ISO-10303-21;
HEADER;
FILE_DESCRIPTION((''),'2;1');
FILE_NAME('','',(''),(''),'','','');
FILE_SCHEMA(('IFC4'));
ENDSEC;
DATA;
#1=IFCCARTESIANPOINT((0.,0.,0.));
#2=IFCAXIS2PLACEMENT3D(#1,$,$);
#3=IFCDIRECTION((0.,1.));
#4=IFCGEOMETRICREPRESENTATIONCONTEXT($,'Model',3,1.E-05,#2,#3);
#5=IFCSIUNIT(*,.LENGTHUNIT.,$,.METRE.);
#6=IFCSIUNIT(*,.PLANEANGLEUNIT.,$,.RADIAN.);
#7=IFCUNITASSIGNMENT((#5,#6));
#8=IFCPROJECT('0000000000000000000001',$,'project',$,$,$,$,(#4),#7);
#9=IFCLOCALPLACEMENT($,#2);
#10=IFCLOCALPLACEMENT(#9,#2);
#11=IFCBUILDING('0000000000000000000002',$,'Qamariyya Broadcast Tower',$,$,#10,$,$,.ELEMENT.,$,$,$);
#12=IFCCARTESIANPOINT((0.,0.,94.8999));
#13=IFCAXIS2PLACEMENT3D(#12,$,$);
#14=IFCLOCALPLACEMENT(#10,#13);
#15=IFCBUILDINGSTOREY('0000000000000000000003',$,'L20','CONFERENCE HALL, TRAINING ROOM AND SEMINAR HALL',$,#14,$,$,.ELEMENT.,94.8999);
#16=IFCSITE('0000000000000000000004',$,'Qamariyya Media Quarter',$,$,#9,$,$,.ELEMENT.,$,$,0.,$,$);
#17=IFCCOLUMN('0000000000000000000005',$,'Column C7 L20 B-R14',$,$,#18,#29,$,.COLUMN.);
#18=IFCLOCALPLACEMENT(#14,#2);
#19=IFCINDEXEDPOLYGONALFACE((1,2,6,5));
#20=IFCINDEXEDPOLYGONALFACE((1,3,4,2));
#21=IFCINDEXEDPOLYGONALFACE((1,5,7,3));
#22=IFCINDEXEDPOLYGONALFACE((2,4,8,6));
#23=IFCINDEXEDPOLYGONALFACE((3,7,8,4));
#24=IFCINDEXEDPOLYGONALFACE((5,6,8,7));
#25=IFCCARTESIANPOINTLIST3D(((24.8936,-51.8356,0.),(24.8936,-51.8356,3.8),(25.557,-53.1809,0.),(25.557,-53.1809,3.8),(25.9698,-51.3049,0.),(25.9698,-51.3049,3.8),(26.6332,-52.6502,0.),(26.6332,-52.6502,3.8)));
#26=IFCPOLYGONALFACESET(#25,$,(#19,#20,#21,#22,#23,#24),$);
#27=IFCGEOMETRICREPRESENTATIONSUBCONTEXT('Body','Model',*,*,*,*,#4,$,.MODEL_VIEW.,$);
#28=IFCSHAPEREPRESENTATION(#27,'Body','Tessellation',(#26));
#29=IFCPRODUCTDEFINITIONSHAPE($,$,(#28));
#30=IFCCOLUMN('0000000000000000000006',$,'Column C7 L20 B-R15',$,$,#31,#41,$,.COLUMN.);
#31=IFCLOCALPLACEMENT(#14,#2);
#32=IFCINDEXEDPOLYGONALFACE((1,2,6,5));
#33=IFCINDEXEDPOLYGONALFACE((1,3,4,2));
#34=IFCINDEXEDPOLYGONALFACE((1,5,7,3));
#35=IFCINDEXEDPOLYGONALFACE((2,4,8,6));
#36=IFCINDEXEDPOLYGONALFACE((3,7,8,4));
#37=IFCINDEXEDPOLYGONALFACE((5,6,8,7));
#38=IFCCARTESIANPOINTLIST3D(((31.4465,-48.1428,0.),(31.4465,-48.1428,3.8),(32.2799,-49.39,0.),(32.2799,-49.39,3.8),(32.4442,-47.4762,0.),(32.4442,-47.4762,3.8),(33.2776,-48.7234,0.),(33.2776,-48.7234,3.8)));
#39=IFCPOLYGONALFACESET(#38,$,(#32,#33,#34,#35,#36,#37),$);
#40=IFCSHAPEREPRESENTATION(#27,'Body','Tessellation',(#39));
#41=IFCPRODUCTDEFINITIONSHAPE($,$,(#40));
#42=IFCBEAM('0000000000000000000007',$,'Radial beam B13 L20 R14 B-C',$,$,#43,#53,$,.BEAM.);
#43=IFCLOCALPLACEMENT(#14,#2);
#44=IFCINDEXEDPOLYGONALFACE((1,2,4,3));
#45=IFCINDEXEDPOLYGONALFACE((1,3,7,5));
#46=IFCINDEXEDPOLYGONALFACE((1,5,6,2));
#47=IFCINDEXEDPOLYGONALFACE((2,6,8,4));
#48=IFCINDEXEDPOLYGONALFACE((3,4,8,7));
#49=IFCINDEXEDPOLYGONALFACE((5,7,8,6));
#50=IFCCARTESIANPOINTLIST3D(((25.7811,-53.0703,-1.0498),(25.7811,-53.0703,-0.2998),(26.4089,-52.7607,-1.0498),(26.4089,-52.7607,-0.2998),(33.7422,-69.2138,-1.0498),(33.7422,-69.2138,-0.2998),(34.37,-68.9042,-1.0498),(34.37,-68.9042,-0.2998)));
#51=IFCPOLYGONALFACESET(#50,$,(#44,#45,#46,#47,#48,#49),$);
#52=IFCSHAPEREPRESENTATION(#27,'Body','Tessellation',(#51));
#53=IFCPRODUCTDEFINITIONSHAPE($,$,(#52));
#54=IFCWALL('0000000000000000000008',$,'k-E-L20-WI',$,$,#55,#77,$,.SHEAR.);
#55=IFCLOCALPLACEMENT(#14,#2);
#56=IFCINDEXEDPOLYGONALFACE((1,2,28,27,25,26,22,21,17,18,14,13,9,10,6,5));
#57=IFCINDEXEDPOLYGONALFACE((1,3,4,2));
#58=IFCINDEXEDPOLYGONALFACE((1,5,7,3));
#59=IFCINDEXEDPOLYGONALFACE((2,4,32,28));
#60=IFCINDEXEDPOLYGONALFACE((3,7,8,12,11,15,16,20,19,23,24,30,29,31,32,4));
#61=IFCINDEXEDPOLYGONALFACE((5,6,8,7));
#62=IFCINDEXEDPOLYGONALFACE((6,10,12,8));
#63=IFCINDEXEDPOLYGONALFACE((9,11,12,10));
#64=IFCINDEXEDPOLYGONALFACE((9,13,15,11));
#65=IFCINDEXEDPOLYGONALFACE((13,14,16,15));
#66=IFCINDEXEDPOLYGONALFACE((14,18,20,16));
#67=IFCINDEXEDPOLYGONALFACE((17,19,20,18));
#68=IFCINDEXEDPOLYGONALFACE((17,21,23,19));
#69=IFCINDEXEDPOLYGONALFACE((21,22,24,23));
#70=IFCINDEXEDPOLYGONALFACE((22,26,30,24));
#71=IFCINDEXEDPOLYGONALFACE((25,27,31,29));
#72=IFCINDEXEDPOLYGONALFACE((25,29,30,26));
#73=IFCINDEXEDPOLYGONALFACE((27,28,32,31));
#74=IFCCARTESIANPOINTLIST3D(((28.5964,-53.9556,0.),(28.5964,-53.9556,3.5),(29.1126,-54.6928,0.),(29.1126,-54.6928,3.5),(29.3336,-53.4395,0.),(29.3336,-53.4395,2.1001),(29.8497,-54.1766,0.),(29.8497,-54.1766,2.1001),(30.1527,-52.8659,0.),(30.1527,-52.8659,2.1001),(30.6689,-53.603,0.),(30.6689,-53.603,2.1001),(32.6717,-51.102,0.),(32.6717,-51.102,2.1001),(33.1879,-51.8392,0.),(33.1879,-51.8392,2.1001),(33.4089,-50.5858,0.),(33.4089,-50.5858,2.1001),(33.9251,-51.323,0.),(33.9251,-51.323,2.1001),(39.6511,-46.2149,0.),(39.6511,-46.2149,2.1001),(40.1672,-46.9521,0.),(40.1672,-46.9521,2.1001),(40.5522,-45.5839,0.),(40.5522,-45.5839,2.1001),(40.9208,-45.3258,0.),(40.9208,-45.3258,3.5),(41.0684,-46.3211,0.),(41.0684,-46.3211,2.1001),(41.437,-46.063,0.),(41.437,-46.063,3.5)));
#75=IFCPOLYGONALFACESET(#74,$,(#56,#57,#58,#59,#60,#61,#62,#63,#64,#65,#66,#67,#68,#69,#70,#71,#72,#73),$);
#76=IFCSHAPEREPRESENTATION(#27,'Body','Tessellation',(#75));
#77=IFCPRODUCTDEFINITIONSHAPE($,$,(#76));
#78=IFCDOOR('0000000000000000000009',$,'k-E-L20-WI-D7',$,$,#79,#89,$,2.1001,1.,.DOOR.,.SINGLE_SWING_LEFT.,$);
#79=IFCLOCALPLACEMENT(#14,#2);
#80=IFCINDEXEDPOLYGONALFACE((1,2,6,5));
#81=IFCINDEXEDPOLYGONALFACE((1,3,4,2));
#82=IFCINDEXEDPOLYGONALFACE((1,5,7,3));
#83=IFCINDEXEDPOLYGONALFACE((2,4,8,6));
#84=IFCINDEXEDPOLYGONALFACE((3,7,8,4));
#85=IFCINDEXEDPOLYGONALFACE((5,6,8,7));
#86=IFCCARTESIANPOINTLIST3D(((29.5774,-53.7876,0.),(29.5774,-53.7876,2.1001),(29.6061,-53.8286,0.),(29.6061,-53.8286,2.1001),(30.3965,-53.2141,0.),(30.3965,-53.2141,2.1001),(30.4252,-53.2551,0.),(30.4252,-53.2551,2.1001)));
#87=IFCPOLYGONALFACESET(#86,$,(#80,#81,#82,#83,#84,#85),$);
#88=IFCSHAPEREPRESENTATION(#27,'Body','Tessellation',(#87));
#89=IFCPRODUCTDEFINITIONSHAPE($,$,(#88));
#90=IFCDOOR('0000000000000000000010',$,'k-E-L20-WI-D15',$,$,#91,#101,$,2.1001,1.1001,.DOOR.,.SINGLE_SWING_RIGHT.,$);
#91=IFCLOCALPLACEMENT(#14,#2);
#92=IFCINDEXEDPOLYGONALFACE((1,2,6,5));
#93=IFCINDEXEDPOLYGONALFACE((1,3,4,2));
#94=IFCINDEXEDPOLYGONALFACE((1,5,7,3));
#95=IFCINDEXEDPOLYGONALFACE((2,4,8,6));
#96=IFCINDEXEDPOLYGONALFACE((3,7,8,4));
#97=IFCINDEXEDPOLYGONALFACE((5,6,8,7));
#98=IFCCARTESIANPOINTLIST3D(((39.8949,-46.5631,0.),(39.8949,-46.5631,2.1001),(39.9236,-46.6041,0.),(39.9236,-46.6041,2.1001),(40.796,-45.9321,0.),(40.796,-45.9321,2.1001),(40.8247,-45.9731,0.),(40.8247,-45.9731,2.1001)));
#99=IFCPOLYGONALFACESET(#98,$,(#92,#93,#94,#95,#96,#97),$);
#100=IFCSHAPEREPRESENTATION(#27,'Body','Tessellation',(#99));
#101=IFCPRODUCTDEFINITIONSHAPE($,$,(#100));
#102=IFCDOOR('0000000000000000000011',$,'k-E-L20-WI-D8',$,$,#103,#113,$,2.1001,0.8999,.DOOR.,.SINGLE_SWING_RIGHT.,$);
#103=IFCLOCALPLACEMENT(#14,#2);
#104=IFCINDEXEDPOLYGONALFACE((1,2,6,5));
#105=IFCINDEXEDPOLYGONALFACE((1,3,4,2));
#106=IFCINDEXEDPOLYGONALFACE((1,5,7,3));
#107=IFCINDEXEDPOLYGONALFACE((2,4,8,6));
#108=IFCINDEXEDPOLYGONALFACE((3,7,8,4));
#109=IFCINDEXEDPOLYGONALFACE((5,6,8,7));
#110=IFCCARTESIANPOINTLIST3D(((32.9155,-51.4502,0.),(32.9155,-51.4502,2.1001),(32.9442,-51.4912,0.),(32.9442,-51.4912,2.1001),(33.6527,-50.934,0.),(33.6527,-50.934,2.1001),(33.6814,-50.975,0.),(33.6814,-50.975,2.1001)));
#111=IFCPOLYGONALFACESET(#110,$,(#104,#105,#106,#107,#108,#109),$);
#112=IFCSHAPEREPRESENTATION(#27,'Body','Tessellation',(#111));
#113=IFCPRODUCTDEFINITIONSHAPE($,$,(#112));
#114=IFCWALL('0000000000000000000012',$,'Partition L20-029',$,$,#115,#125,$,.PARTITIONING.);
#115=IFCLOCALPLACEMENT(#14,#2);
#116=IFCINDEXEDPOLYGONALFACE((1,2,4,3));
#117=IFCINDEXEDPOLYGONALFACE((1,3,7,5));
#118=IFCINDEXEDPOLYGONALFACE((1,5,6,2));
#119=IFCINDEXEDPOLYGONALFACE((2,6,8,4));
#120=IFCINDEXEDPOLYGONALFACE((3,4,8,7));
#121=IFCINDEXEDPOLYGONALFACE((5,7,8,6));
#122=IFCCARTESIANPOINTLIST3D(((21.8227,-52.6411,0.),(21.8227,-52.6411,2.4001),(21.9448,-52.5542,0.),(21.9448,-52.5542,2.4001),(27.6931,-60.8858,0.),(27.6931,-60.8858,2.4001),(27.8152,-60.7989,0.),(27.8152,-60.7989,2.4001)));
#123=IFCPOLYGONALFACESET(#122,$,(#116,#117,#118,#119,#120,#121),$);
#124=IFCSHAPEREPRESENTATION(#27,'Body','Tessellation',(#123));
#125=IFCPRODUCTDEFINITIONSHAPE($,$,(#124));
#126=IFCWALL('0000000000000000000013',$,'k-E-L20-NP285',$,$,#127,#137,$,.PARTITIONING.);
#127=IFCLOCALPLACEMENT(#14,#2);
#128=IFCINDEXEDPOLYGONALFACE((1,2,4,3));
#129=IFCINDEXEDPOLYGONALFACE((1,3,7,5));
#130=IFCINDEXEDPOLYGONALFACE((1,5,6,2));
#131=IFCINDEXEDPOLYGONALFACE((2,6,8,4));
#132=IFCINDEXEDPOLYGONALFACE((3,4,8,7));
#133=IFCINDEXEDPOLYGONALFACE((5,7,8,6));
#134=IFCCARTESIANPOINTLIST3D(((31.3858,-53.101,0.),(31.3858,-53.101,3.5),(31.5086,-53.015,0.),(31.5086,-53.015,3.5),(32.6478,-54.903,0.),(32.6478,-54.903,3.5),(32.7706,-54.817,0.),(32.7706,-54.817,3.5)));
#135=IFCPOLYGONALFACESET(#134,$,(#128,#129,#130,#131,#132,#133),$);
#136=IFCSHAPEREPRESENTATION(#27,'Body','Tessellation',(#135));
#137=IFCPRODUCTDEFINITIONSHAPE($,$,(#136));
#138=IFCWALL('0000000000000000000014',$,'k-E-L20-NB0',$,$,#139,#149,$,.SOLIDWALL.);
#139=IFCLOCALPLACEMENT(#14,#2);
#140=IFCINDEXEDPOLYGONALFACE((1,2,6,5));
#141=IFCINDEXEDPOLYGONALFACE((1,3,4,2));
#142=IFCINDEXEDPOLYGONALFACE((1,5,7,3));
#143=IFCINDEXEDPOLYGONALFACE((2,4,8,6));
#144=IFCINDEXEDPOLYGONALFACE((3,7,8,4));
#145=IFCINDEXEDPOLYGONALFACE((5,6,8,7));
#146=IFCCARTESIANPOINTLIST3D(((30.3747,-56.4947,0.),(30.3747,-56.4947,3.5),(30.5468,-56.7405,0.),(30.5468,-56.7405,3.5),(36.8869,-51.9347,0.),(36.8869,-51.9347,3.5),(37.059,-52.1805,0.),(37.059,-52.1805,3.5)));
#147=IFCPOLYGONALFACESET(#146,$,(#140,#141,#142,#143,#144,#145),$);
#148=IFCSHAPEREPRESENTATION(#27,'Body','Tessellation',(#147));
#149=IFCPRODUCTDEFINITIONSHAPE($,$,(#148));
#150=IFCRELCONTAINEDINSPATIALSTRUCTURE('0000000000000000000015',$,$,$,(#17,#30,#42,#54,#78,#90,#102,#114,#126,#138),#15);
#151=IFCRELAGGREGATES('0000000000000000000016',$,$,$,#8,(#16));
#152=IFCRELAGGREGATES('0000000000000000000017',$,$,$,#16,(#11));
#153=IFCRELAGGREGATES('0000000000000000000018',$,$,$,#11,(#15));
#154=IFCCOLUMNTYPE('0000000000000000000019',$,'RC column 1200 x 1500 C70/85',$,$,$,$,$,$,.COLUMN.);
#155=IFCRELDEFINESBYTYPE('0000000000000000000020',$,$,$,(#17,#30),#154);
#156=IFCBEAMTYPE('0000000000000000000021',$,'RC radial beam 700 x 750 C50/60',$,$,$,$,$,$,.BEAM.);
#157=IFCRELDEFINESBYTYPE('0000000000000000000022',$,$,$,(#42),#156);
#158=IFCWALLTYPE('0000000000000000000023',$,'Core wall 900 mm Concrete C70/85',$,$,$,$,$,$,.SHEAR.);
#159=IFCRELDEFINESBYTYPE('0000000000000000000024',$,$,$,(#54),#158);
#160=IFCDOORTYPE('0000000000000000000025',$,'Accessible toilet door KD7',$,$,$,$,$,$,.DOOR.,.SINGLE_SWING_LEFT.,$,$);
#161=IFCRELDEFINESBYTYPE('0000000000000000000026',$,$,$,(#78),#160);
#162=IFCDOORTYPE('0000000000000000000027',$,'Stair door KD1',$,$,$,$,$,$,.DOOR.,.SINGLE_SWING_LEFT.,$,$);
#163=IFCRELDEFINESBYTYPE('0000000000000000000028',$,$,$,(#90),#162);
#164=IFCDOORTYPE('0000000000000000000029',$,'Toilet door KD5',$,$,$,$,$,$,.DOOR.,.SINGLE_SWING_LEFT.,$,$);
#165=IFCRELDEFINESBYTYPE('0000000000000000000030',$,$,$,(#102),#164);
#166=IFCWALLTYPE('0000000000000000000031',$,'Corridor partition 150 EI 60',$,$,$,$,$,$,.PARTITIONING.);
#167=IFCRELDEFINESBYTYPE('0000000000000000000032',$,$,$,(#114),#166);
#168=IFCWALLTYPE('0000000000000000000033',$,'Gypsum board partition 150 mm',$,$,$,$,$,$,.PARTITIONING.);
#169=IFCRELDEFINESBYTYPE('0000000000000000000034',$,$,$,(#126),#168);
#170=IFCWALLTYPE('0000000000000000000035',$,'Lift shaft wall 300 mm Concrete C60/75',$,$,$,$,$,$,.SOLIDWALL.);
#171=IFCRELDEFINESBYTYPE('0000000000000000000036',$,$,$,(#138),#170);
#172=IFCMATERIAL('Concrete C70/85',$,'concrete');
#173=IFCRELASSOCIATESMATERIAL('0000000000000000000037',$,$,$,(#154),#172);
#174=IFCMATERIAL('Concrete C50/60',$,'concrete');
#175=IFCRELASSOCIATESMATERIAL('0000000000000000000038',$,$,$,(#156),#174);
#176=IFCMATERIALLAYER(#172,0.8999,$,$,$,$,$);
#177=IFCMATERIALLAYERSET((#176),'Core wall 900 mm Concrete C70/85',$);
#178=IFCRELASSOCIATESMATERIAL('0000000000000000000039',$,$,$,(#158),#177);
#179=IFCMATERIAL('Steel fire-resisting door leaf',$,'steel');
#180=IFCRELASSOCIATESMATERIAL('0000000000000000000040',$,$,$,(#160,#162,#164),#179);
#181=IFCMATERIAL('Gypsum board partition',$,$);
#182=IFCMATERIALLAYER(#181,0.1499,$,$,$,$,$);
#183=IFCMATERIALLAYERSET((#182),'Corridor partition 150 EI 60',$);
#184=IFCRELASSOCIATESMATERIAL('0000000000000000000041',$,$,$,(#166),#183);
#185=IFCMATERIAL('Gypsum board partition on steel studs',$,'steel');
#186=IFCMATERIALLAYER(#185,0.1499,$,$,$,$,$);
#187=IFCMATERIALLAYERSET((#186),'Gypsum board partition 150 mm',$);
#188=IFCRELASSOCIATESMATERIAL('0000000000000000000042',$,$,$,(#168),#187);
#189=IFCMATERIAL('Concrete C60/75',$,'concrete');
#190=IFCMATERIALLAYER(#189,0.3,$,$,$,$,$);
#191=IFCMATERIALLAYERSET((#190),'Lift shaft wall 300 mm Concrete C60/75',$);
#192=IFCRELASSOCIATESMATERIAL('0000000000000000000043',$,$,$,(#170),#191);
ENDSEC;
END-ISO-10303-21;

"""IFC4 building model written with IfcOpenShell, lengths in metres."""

from ifc_helpers import new_model, si_unit, direction, frame, frame_2d, origin, origin_2d, place, context, subcontext, project, spatial, rectangle, extrude, material, layer, layer_set, material_profile, profile_set, type_object, element, fill, save


model = new_model("IFC4")

# Units and contexts
model_context = context("Model", 3, precision=1e-05, world=origin(), true_north=direction((0.0, 1.0)))
body_context = subcontext(model_context, "Body", "Model", "MODEL_VIEW")
ifc_project = project(units=[si_unit("LENGTHUNIT", "METRE"), si_unit("PLANEANGLEUNIT", "RADIAN")], contexts=[model_context])

# Site, building, storey
site_placement = place(None, origin())
site = spatial("IfcSite", under=ifc_project, at=site_placement, Name="Qamariyya Media Quarter", CompositionType="ELEMENT", RefElevation=0.0)
building_placement = place(site_placement, origin())
building = spatial("IfcBuilding", under=site, at=building_placement, Name="Qamariyya Broadcast Tower", CompositionType="ELEMENT")
storey_placement = place(building_placement, frame((0.0, 0.0, 94.8999)))
storey = spatial("IfcBuildingStorey", under=building, at=storey_placement, Name="L20", Description="CONFERENCE HALL, TRAINING ROOM AND SEMINAR HALL", CompositionType="ELEMENT", Elevation=94.8999)

# Columns
ifc_material_1 = material(Name="Concrete C70/85", Category="concrete")
ifc_material_profile_1 = material_profile(ifc_material_1, rectangle(XDim=1.2, YDim=1.5, at=origin_2d()))
ifc_profile_set_1 = profile_set([ifc_material_profile_1], Name="Concrete C70/85")
column_type = type_object("IfcColumnType", Name="RC column 1200 x 1500 C70/85", PredefinedType="COLUMN", material=ifc_profile_set_1)
for number, where, z_axis, x_axis, name in (
    (1, (25.7634, -52.2429, 0.0), (0.0, 0.0, 1.0), (0.896873, 0.442289, 0.0), "Column C7 L20 B-R14"),
    (2, (32.3621, -48.4331, 0.0), (0.0, 0.0, 1.0), (0.83147, 0.55557, 0.0), "Column C7 L20 B-R15"),
):
    element("IfcColumn", number, at=place(storey_placement, frame(where, z_axis=z_axis, x_axis=x_axis)), inside=storey, type_object=column_type, Name=name, PredefinedType="COLUMN", context=body_context, shape_type="SweptSolid", body=[
        extrude(rectangle(XDim=1.2, YDim=1.5, at=origin_2d()), origin(), (0.0, 0.0, 1.0), 3.8),
    ])

# Beam
ifc_material_2 = material(Name="Concrete C50/60", Category="concrete")
ifc_material_profile_2 = material_profile(ifc_material_2, rectangle(XDim=0.7, YDim=0.75, at=origin_2d()))
ifc_profile_set_2 = profile_set([ifc_material_profile_2], Name="Concrete C50/60")
beam_type = type_object("IfcBeamType", Name="RC radial beam 700 x 750 C50/60", PredefinedType="BEAM", material=ifc_profile_set_2)
beam_placement = place(storey_placement, frame((26.095, -52.9155, -0.6748), z_axis=(0.442291, -0.896871, 0.0), x_axis=(0.896871, 0.442291, 0.0)))
element("IfcBeam", 3, at=beam_placement, inside=storey, type_object=beam_type, Name="Radial beam B13 L20 R14 B-C", PredefinedType="BEAM", context=body_context, shape_type="SweptSolid", body=[
    extrude(rectangle(XDim=0.7, YDim=0.75, at=origin_2d()), origin(), (0.0, 0.0, 1.0), 17.9998),
])

# Wall, openings, doors
ifc_layer_1 = layer(ifc_material_1, 0.8999)
ifc_layer_set_1 = layer_set([ifc_layer_1], Name="Core wall 900 mm Concrete C70/85")
wall_type_1 = type_object("IfcWallType", Name="Core wall 900 mm Concrete C70/85", PredefinedType="SHEAR", material=ifc_layer_set_1)
wall_1_placement = place(storey_placement, frame((28.8545, -54.3242, 0.0), z_axis=(0.0, 0.0, 1.0), x_axis=(0.819146, 0.573585, 0.0)))
wall_1 = element("IfcWall", 4, at=wall_1_placement, inside=storey, type_object=wall_type_1, Name="k-E-L20-WI", PredefinedType="SHEAR", context=body_context, shape_type="SweptSolid", body=[
    extrude(rectangle(XDim=15.0454, YDim=0.8999, at=frame_2d((7.5227, 0.0))), origin(), (0.0, 0.0, 1.0), 3.5),
])
opening_1_placement = place(wall_1_placement, frame((0.8999, 0.0, 0.0)))
opening_1 = element("IfcOpeningElement", 5, at=opening_1_placement, cuts=wall_1, PredefinedType="OPENING", context=body_context, shape_type="SweptSolid", body=[
    extrude(rectangle(XDim=1.0, YDim=2.1001, at=frame_2d((0.5, 1.05))), frame((0.0, 0.46, 0.0), z_axis=(0.0, -1.0, 0.0), x_axis=(1.0, 0.0, 0.0)), (0.0, 0.0, 1.0), 0.9199),
])
opening_2_placement = place(wall_1_placement, frame((4.9751, 0.0, 0.0)))
opening_2 = element("IfcOpeningElement", 6, at=opening_2_placement, cuts=wall_1, PredefinedType="OPENING", context=body_context, shape_type="SweptSolid", body=[
    extrude(rectangle(XDim=0.8999, YDim=2.1001, at=frame_2d((0.45, 1.05))), frame((0.0, 0.46, 0.0), z_axis=(0.0, -1.0, 0.0), x_axis=(1.0, 0.0, 0.0)), (0.0, 0.0, 1.0), 0.9199),
])
opening_3_placement = place(wall_1_placement, frame((13.4954, 0.0, 0.0)))
opening_3 = element("IfcOpeningElement", 7, at=opening_3_placement, cuts=wall_1, PredefinedType="OPENING", context=body_context, shape_type="SweptSolid", body=[
    extrude(rectangle(XDim=1.1001, YDim=2.1001, at=frame_2d((0.55, 1.05))), frame((0.0, 0.46, 0.0), z_axis=(0.0, -1.0, 0.0), x_axis=(1.0, 0.0, 0.0)), (0.0, 0.0, 1.0), 0.9199),
])
ifc_material_3 = material(Name="Steel fire-resisting door leaf", Category="steel")
door_type_1 = type_object("IfcDoorType", Name="Accessible toilet door KD7", OperationType="SINGLE_SWING_LEFT", PredefinedType="DOOR", material=ifc_material_3)
door_1_placement = place(opening_1_placement, origin())
door_1 = element("IfcDoor", 8, at=door_1_placement, inside=storey, type_object=door_type_1, Name="k-E-L20-WI-D7", OperationType="SINGLE_SWING_LEFT", OverallHeight=2.1001, OverallWidth=1.0, PredefinedType="DOOR", context=body_context, shape_type="SweptSolid", body=[
    extrude(rectangle(XDim=1.0, YDim=2.1001, at=frame_2d((0.5, 1.05))), frame((0.0, 0.0249, 0.0), z_axis=(0.0, -1.0, 0.0), x_axis=(1.0, 0.0, 0.0)), (0.0, 0.0, 1.0), 0.05),
])
fill(opening_1, door_1)
door_type_2 = type_object("IfcDoorType", Name="Stair door KD1", OperationType="SINGLE_SWING_LEFT", PredefinedType="DOOR", material=ifc_material_3)
door_2_placement = place(opening_3_placement, origin())
door_2 = element("IfcDoor", 9, at=door_2_placement, inside=storey, type_object=door_type_2, Name="k-E-L20-WI-D15", OperationType="SINGLE_SWING_RIGHT", OverallHeight=2.1001, OverallWidth=1.1001, PredefinedType="DOOR", context=body_context, shape_type="SweptSolid", body=[
    extrude(rectangle(XDim=1.1001, YDim=2.1001, at=frame_2d((0.55, 1.05))), frame((0.0, 0.0249, 0.0), z_axis=(0.0, -1.0, 0.0), x_axis=(1.0, 0.0, 0.0)), (0.0, 0.0, 1.0), 0.05),
])
fill(opening_3, door_2)
door_type_3 = type_object("IfcDoorType", Name="Toilet door KD5", OperationType="SINGLE_SWING_LEFT", PredefinedType="DOOR", material=ifc_material_3)
door_3_placement = place(opening_2_placement, origin())
door_3 = element("IfcDoor", 10, at=door_3_placement, inside=storey, type_object=door_type_3, Name="k-E-L20-WI-D8", OperationType="SINGLE_SWING_RIGHT", OverallHeight=2.1001, OverallWidth=0.8999, PredefinedType="DOOR", context=body_context, shape_type="SweptSolid", body=[
    extrude(rectangle(XDim=0.8999, YDim=2.1001, at=frame_2d((0.45, 1.05))), frame((0.0, 0.0249, 0.0), z_axis=(0.0, -1.0, 0.0), x_axis=(1.0, 0.0, 0.0)), (0.0, 0.0, 1.0), 0.05),
])
fill(opening_2, door_3)

# Walls
ifc_material_4 = material(Name="Gypsum board partition")
ifc_layer_2 = layer(ifc_material_4, 0.1499)
ifc_layer_set_2 = layer_set([ifc_layer_2], Name="Corridor partition 150 EI 60")
wall_type_2 = type_object("IfcWallType", Name="Corridor partition 150 EI 60", PredefinedType="PARTITIONING", material=ifc_layer_set_2)
wall_2_placement = place(storey_placement, frame((21.8838, -52.5977, 0.0), z_axis=(0.0, 0.0, 1.0), x_axis=(0.580017, -0.814605, 0.0)))
element("IfcWall", 11, at=wall_2_placement, inside=storey, type_object=wall_type_2, Name="Partition L20-029", PredefinedType="PARTITIONING", context=body_context, shape_type="SweptSolid", body=[
    extrude(rectangle(XDim=10.1211, YDim=0.1499, at=frame_2d((5.0605, 0.0))), origin(), (0.0, 0.0, 1.0), 2.4001),
])
ifc_material_5 = material(Name="Gypsum board partition on steel studs", Category="steel")
ifc_layer_3 = layer(ifc_material_5, 0.1499)
ifc_layer_set_3 = layer_set([ifc_layer_3], Name="Gypsum board partition 150 mm")
wall_type_3 = type_object("IfcWallType", Name="Gypsum board partition 150 mm", PredefinedType="PARTITIONING", material=ifc_layer_set_3)
wall_3_placement = place(storey_placement, frame((32.7092, -54.8601, 0.0), z_axis=(0.0, 0.0, 1.0), x_axis=(-0.573634, 0.819112, 0.0)))
element("IfcWall", 12, at=wall_3_placement, inside=storey, type_object=wall_type_3, Name="k-E-L20-NP285", PredefinedType="PARTITIONING", context=body_context, shape_type="SweptSolid", body=[
    extrude(rectangle(XDim=2.2, YDim=0.1499, at=frame_2d((1.1001, 0.0))), origin(), (0.0, 0.0, 1.0), 3.5),
])
ifc_material_6 = material(Name="Concrete C60/75", Category="concrete")
ifc_layer_4 = layer(ifc_material_6, 0.3)
ifc_layer_set_4 = layer_set([ifc_layer_4], Name="Lift shaft wall 300 mm Concrete C60/75")
wall_type_4 = type_object("IfcWallType", Name="Lift shaft wall 300 mm Concrete C60/75", PredefinedType="SOLIDWALL", material=ifc_layer_set_4)
wall_4_placement = place(storey_placement, frame((30.4607, -56.6177, 0.0), z_axis=(0.0, 0.0, 1.0), x_axis=(0.819142, 0.57359, 0.0)))
element("IfcWall", 13, at=wall_4_placement, inside=storey, type_object=wall_type_4, Name="k-E-L20-NB0", PredefinedType="SOLIDWALL", context=body_context, shape_type="SweptSolid", body=[
    extrude(rectangle(XDim=7.95, YDim=0.3, at=frame_2d((3.9751, 0.0))), origin(), (0.0, 0.0, 1.0), 3.5),
])

save(model, "model.ifc")
